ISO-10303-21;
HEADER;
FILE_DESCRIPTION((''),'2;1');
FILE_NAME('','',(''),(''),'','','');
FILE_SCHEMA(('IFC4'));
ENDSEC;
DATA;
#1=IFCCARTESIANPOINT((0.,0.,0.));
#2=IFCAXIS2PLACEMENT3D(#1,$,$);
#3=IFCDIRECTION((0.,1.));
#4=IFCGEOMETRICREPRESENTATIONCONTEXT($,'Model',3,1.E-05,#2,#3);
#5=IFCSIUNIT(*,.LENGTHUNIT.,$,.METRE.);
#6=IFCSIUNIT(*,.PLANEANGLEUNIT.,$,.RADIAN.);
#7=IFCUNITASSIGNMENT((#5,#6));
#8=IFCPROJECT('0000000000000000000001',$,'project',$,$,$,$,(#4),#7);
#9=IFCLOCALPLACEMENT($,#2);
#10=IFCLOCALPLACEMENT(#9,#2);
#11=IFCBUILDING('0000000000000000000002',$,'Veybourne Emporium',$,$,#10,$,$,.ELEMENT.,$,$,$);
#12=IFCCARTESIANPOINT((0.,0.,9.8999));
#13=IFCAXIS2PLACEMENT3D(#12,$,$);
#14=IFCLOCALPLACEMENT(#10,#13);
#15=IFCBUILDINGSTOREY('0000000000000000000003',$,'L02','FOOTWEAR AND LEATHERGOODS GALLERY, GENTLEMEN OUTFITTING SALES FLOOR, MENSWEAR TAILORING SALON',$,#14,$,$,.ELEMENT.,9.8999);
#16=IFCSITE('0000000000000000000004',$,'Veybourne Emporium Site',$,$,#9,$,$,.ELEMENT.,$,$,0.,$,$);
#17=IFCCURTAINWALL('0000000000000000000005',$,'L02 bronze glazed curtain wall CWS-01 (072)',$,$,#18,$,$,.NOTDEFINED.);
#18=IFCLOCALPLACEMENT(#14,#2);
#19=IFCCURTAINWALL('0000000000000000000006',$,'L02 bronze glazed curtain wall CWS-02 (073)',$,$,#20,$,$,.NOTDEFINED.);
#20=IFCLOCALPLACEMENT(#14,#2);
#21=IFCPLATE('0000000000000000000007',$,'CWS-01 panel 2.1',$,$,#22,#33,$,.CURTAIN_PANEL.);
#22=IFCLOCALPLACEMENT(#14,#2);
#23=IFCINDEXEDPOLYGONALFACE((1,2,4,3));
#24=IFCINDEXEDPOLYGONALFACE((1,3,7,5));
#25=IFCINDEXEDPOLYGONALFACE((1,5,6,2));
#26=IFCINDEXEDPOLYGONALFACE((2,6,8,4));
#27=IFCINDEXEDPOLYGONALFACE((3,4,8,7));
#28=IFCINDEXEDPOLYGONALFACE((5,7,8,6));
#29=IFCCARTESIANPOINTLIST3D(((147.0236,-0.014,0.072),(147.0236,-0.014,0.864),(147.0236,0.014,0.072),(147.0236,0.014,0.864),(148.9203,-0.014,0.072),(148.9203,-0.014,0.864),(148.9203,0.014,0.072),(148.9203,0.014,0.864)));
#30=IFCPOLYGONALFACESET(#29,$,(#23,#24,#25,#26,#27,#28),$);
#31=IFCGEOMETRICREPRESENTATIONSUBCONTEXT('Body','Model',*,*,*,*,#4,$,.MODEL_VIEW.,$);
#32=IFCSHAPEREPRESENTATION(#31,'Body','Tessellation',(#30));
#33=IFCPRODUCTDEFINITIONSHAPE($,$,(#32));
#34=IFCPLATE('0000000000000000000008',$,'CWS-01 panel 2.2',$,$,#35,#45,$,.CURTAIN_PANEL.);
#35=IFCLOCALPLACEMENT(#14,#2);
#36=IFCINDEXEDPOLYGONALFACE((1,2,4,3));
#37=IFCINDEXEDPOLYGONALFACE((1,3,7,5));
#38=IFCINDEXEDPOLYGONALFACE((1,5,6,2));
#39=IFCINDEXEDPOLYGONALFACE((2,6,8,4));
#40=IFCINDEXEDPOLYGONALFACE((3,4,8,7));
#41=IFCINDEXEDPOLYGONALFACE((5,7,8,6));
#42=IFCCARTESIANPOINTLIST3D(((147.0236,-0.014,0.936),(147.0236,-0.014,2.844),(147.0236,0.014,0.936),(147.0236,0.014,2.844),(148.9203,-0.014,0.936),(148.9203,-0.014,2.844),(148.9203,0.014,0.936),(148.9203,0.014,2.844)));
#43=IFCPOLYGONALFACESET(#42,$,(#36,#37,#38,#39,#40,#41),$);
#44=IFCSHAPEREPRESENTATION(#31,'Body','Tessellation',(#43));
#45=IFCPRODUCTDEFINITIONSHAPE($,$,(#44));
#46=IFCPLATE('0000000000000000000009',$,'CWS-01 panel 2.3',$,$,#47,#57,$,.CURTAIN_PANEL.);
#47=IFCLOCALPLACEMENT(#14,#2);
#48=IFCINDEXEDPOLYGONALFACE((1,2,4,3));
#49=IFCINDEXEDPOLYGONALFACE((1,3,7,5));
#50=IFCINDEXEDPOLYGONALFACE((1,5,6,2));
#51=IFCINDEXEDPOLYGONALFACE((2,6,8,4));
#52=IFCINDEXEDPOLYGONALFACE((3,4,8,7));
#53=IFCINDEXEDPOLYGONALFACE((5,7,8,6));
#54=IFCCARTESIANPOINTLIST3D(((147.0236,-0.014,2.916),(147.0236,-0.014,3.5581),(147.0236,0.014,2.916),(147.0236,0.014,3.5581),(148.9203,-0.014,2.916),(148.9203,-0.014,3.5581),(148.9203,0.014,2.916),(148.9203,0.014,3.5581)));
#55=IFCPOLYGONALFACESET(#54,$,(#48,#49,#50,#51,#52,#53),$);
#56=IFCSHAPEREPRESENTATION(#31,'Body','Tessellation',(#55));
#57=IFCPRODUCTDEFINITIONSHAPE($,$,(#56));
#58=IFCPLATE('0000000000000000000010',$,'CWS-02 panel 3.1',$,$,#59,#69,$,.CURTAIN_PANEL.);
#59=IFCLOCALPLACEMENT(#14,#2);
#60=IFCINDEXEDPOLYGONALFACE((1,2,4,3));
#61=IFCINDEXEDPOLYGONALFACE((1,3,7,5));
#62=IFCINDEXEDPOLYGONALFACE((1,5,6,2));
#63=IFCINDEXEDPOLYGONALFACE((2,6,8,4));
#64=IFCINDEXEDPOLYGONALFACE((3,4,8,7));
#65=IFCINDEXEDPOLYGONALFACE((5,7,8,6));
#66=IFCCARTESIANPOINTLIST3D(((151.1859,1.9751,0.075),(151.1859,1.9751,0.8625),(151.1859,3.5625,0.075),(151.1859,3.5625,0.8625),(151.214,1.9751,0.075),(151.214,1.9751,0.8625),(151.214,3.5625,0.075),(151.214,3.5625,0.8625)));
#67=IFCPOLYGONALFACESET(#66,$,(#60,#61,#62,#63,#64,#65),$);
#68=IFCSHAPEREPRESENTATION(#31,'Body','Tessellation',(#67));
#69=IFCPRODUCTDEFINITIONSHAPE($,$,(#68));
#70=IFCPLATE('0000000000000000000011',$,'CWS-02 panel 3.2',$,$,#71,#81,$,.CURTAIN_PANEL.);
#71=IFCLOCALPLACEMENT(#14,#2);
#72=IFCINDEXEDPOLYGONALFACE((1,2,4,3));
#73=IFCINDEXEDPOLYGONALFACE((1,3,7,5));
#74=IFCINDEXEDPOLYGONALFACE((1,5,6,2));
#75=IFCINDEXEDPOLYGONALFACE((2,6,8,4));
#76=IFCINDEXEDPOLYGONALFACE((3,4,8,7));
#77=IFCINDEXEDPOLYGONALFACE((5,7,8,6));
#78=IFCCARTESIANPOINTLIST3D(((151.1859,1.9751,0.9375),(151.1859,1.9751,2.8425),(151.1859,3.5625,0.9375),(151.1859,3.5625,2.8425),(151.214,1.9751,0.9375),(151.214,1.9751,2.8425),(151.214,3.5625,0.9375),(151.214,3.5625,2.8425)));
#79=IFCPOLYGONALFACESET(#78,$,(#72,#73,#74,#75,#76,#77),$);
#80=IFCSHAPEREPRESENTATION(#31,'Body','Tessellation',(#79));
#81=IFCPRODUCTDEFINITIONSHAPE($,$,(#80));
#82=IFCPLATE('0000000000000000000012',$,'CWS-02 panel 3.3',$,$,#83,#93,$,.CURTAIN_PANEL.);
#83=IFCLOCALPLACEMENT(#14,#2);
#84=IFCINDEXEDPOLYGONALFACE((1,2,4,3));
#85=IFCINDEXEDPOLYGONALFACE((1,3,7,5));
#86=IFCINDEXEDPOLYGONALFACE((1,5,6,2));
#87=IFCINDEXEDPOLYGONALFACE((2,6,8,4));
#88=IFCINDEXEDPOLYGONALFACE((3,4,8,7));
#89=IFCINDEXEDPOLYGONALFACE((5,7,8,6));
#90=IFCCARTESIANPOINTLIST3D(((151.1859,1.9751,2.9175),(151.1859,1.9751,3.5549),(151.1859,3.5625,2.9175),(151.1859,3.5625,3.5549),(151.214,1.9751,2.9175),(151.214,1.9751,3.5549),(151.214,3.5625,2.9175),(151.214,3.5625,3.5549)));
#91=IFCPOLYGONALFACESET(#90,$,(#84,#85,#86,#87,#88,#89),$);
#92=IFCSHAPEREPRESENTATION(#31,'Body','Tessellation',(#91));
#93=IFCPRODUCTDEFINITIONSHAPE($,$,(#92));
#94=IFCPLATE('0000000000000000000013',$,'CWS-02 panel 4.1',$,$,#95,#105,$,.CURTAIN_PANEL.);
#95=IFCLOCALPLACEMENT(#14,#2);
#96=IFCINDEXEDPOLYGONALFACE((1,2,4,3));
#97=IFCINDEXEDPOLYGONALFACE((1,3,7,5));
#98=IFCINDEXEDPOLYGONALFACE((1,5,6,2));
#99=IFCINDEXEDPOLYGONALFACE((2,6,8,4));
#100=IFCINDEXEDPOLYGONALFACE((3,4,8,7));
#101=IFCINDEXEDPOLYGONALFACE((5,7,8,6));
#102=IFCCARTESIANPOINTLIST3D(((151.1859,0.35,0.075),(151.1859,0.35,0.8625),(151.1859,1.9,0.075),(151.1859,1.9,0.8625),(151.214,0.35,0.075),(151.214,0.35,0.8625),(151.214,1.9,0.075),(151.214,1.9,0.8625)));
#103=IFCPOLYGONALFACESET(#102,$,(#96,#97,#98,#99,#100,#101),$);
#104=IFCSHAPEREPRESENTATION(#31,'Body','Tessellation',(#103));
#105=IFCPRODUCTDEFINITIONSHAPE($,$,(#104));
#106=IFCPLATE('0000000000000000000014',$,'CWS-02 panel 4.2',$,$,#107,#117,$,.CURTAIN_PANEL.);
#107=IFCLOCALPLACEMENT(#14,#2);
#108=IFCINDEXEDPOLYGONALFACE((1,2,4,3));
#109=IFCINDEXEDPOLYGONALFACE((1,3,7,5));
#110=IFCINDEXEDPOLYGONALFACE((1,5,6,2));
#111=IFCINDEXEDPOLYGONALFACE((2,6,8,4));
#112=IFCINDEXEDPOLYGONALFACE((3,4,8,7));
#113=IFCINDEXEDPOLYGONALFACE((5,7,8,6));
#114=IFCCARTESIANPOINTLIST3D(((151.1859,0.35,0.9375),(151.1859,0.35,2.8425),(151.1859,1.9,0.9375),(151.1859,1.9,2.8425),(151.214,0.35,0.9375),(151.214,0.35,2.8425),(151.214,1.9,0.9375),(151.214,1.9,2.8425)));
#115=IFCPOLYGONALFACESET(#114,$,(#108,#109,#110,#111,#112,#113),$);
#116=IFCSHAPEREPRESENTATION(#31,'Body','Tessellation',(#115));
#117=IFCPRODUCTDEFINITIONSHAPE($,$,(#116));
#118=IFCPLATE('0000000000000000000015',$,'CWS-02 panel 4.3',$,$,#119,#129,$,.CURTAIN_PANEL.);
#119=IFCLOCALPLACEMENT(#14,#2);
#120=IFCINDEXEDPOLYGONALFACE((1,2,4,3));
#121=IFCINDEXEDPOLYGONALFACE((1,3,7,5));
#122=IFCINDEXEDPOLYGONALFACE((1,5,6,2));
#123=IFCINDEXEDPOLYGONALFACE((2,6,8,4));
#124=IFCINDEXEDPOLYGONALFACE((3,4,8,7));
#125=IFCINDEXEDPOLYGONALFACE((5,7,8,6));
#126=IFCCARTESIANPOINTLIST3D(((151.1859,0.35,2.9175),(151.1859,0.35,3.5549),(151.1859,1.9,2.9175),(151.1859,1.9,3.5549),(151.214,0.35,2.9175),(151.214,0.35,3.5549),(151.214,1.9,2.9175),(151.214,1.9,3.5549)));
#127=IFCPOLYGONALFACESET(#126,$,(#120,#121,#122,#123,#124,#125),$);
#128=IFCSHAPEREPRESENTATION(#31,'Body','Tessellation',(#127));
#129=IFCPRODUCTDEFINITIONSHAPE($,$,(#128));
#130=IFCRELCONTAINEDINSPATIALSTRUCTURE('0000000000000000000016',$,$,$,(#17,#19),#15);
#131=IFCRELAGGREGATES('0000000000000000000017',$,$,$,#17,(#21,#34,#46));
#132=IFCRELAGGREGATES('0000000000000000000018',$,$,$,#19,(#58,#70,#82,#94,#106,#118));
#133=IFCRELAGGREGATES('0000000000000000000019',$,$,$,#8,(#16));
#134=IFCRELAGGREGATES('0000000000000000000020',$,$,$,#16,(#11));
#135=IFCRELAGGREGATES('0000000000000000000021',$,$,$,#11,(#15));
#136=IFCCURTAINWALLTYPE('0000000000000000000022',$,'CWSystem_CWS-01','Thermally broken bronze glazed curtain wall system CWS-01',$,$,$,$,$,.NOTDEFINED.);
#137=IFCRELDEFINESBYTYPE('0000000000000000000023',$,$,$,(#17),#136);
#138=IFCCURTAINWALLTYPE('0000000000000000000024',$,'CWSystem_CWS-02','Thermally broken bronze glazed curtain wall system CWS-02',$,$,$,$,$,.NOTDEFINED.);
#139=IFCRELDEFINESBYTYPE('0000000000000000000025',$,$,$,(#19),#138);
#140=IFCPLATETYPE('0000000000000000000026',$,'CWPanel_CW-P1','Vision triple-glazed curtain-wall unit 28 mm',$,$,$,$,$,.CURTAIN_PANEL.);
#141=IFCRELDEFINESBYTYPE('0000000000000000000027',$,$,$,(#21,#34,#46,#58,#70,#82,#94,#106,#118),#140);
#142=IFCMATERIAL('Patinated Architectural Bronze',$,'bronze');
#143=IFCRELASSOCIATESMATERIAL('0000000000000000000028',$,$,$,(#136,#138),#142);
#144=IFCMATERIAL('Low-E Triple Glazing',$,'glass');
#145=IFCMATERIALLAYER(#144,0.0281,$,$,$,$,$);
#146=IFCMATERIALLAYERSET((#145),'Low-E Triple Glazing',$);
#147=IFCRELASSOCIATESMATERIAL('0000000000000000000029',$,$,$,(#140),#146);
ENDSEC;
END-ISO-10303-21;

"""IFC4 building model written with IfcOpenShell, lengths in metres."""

from ifc_helpers import new_model, si_unit, direction, frame, origin, origin_2d, place, context, subcontext, project, spatial, rectangle, extrude, material, layer, layer_set, type_object, element, aggregate, save


model = new_model("IFC4")

# Units and contexts
model_context = context("Model", 3, precision=1e-05, world=origin(), true_north=direction((0.0, 1.0)))
body_context = subcontext(model_context, "Body", "Model", "MODEL_VIEW")
ifc_project = project(units=[si_unit("LENGTHUNIT", "METRE"), si_unit("PLANEANGLEUNIT", "RADIAN")], contexts=[model_context])

# Site, building, storey
site_placement = place(None, origin())
site = spatial("IfcSite", under=ifc_project, at=site_placement, Name="Veybourne Emporium Site", CompositionType="ELEMENT", RefElevation=0.0)
building_placement = place(site_placement, origin())
building = spatial("IfcBuilding", under=site, at=building_placement, Name="Veybourne Emporium", CompositionType="ELEMENT")
storey_placement = place(building_placement, frame((0.0, 0.0, 9.8999)))
storey = spatial("IfcBuildingStorey", under=building, at=storey_placement, Name="L02", Description="FOOTWEAR AND LEATHERGOODS GALLERY, GENTLEMEN OUTFITTING SALES FLOOR, MENSWEAR TAILORING SALON", CompositionType="ELEMENT", Elevation=9.8999)

# Curtain walls
ifc_material_1 = material(Name="Patinated Architectural Bronze", Category="bronze")
curtain_wall_type_1 = type_object("IfcCurtainWallType", Name="CWSystem_CWS-01", Description="Thermally broken bronze glazed curtain wall system CWS-01", PredefinedType="NOTDEFINED", material=ifc_material_1)
curtain_wall_1_placement = place(storey_placement, origin())
curtain_wall_1 = element("IfcCurtainWall", 1, at=curtain_wall_1_placement, inside=storey, type_object=curtain_wall_type_1, Name="L02 bronze glazed curtain wall CWS-01 (072)", PredefinedType="NOTDEFINED")
curtain_wall_type_2 = type_object("IfcCurtainWallType", Name="CWSystem_CWS-02", Description="Thermally broken bronze glazed curtain wall system CWS-02", PredefinedType="NOTDEFINED", material=ifc_material_1)
curtain_wall_2_placement = place(storey_placement, origin())
curtain_wall_2 = element("IfcCurtainWall", 2, at=curtain_wall_2_placement, inside=storey, type_object=curtain_wall_type_2, Name="L02 bronze glazed curtain wall CWS-02 (073)", PredefinedType="NOTDEFINED")

# Plates
ifc_material_2 = material(Name="Low-E Triple Glazing", Category="glass")
ifc_layer_1 = layer(ifc_material_2, 0.0281)
ifc_layer_set_1 = layer_set([ifc_layer_1], Name="Low-E Triple Glazing")
plate_type = type_object("IfcPlateType", Name="CWPanel_CW-P1", Description="Vision triple-glazed curtain-wall unit 28 mm", PredefinedType="CURTAIN_PANEL", material=ifc_layer_set_1)
plate_1_placement = place(storey_placement, frame((147.9719, 0.0, 0.072), z_axis=(0.0, 0.0, 1.0), x_axis=(-1.0, 0.0, 0.0)))
plate_1 = element("IfcPlate", 3, at=plate_1_placement, type_object=plate_type, Name="CWS-01 panel 2.1", PredefinedType="CURTAIN_PANEL", context=body_context, shape_type="SweptSolid", body=[
    extrude(rectangle(XDim=1.8967, YDim=0.0281, at=origin_2d()), origin(), (0.0, 0.0, 1.0), 0.792),
])
plate_2_placement = place(storey_placement, frame((147.9719, 0.0, 0.936), z_axis=(0.0, 0.0, 1.0), x_axis=(-1.0, 0.0, 0.0)))
plate_2 = element("IfcPlate", 4, at=plate_2_placement, type_object=plate_type, Name="CWS-01 panel 2.2", PredefinedType="CURTAIN_PANEL", context=body_context, shape_type="SweptSolid", body=[
    extrude(rectangle(XDim=1.8967, YDim=0.0281, at=origin_2d()), origin(), (0.0, 0.0, 1.0), 1.908),
])
plate_3_placement = place(storey_placement, frame((147.9719, 0.0, 2.916), z_axis=(0.0, 0.0, 1.0), x_axis=(-1.0, 0.0, 0.0)))
plate_3 = element("IfcPlate", 5, at=plate_3_placement, type_object=plate_type, Name="CWS-01 panel 2.3", PredefinedType="CURTAIN_PANEL", context=body_context, shape_type="SweptSolid", body=[
    extrude(rectangle(XDim=1.8967, YDim=0.0281, at=origin_2d()), origin(), (0.0, 0.0, 1.0), 0.6421),
])
aggregate(curtain_wall_1, [plate_1, plate_2, plate_3])
plate_4_placement = place(storey_placement, frame((151.2, 2.7688, 0.075), z_axis=(0.0, 0.0, 1.0), x_axis=(0.0, -1.0, 0.0)))
plate_4 = element("IfcPlate", 6, at=plate_4_placement, type_object=plate_type, Name="CWS-02 panel 3.1", PredefinedType="CURTAIN_PANEL", context=body_context, shape_type="SweptSolid", body=[
    extrude(rectangle(XDim=1.5874, YDim=0.0281, at=origin_2d()), origin(), (0.0, 0.0, 1.0), 0.7876),
])
plate_5_placement = place(storey_placement, frame((151.2, 2.7688, 0.9375), z_axis=(0.0, 0.0, 1.0), x_axis=(0.0, -1.0, 0.0)))
plate_5 = element("IfcPlate", 7, at=plate_5_placement, type_object=plate_type, Name="CWS-02 panel 3.2", PredefinedType="CURTAIN_PANEL", context=body_context, shape_type="SweptSolid", body=[
    extrude(rectangle(XDim=1.5874, YDim=0.0281, at=origin_2d()), origin(), (0.0, 0.0, 1.0), 1.905),
])
plate_6_placement = place(storey_placement, frame((151.2, 2.7688, 2.9175), z_axis=(0.0, 0.0, 1.0), x_axis=(0.0, -1.0, 0.0)))
plate_6 = element("IfcPlate", 8, at=plate_6_placement, type_object=plate_type, Name="CWS-02 panel 3.3", PredefinedType="CURTAIN_PANEL", context=body_context, shape_type="SweptSolid", body=[
    extrude(rectangle(XDim=1.5874, YDim=0.0281, at=origin_2d()), origin(), (0.0, 0.0, 1.0), 0.6375),
])
plate_7_placement = place(storey_placement, frame((151.2, 1.125, 0.075), z_axis=(0.0, 0.0, 1.0), x_axis=(0.0, -1.0, 0.0)))
plate_7 = element("IfcPlate", 9, at=plate_7_placement, type_object=plate_type, Name="CWS-02 panel 4.1", PredefinedType="CURTAIN_PANEL", context=body_context, shape_type="SweptSolid", body=[
    extrude(rectangle(XDim=1.55, YDim=0.0281, at=origin_2d()), origin(), (0.0, 0.0, 1.0), 0.7876),
])
plate_8_placement = place(storey_placement, frame((151.2, 1.125, 0.9375), z_axis=(0.0, 0.0, 1.0), x_axis=(0.0, -1.0, 0.0)))
plate_8 = element("IfcPlate", 10, at=plate_8_placement, type_object=plate_type, Name="CWS-02 panel 4.2", PredefinedType="CURTAIN_PANEL", context=body_context, shape_type="SweptSolid", body=[
    extrude(rectangle(XDim=1.55, YDim=0.0281, at=origin_2d()), origin(), (0.0, 0.0, 1.0), 1.905),
])
plate_9_placement = place(storey_placement, frame((151.2, 1.125, 2.9175), z_axis=(0.0, 0.0, 1.0), x_axis=(0.0, -1.0, 0.0)))
plate_9 = element("IfcPlate", 11, at=plate_9_placement, type_object=plate_type, Name="CWS-02 panel 4.3", PredefinedType="CURTAIN_PANEL", context=body_context, shape_type="SweptSolid", body=[
    extrude(rectangle(XDim=1.55, YDim=0.0281, at=origin_2d()), origin(), (0.0, 0.0, 1.0), 0.6375),
])
aggregate(curtain_wall_2, [plate_4, plate_5, plate_6, plate_7, plate_8, plate_9])

save(model, "model.ifc")
